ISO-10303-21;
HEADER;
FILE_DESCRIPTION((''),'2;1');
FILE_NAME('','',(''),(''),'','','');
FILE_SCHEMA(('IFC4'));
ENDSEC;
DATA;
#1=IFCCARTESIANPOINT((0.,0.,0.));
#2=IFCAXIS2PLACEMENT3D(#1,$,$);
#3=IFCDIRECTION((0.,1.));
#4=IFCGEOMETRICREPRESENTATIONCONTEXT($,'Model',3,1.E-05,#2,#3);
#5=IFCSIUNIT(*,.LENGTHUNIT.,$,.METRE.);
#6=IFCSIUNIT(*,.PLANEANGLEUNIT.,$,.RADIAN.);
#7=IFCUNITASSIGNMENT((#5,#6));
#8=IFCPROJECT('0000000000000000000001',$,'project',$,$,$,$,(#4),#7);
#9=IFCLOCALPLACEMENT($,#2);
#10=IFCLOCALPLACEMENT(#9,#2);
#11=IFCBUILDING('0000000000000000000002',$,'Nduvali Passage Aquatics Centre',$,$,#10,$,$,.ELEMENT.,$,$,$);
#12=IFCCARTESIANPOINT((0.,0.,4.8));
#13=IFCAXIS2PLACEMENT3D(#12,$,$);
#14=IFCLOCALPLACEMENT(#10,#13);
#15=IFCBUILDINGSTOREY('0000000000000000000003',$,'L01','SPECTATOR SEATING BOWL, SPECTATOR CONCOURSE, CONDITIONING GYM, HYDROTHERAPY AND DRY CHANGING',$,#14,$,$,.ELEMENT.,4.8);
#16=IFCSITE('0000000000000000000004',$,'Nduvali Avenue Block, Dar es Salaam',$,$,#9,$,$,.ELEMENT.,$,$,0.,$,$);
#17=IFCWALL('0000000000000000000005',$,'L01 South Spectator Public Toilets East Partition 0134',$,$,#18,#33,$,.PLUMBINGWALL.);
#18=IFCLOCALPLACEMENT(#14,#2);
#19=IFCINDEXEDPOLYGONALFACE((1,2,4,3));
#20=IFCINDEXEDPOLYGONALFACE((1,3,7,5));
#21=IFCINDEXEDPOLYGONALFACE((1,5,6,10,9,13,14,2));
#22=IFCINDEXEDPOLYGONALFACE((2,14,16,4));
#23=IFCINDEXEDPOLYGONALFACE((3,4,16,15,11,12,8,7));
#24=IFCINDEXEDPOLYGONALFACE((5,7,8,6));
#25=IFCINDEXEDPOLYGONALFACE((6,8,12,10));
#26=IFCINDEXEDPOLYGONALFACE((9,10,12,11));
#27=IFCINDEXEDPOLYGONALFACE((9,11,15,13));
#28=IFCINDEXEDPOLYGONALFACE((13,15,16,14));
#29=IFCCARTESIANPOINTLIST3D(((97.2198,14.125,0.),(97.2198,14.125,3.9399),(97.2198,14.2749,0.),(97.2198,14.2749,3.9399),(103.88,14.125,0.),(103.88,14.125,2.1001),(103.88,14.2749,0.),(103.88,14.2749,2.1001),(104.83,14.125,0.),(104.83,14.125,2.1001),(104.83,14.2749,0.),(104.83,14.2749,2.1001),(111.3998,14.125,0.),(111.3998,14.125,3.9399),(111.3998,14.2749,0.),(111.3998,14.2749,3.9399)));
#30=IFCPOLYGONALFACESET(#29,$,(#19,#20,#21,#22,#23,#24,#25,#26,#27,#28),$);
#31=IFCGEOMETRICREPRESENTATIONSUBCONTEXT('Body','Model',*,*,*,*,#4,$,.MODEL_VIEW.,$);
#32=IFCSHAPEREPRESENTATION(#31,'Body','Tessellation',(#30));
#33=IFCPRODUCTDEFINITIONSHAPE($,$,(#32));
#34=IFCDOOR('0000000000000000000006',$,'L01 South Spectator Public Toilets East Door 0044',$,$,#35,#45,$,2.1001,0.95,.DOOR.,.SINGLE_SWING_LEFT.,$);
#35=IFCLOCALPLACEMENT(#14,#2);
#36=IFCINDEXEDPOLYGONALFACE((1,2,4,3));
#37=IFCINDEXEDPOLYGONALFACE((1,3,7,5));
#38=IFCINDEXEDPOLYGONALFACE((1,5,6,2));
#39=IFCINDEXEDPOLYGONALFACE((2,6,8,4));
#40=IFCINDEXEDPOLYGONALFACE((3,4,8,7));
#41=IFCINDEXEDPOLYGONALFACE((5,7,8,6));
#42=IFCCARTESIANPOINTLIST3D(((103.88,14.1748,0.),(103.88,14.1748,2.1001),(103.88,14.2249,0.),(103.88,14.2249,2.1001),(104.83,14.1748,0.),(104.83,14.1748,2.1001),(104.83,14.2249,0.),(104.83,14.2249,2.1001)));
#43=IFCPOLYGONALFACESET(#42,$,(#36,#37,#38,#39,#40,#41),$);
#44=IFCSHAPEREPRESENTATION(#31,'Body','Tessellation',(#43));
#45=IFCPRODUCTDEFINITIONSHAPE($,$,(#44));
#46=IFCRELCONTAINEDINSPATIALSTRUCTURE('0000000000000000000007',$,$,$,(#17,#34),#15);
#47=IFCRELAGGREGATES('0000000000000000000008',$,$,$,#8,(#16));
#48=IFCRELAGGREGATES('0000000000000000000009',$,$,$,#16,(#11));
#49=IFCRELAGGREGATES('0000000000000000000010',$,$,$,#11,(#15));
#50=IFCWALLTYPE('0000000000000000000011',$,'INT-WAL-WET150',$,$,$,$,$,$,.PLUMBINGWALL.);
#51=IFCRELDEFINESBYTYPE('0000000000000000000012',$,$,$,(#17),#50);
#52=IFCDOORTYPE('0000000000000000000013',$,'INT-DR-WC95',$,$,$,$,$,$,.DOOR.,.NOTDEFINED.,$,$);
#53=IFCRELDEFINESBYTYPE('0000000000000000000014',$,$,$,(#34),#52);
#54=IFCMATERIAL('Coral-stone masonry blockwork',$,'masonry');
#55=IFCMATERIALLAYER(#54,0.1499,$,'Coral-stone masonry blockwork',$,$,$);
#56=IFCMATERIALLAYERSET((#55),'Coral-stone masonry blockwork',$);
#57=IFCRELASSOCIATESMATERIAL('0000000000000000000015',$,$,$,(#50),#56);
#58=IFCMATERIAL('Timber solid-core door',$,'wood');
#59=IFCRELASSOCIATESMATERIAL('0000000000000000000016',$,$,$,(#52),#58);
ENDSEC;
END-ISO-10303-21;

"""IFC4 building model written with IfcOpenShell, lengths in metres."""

from ifc_helpers import new_model, si_unit, direction, frame, frame_2d, origin, place, context, subcontext, project, spatial, rectangle, extrude, material, layer, layer_set, type_object, element, fill, save


model = new_model("IFC4")

# Units and contexts
model_context = context("Model", 3, precision=1e-05, world=origin(), true_north=direction((0.0, 1.0)))
body_context = subcontext(model_context, "Body", "Model", "MODEL_VIEW")
ifc_project = project(units=[si_unit("LENGTHUNIT", "METRE"), si_unit("PLANEANGLEUNIT", "RADIAN")], contexts=[model_context])

# Site, building, storey
site_placement = place(None, origin())
site = spatial("IfcSite", under=ifc_project, at=site_placement, Name="Nduvali Avenue Block, Dar es Salaam", CompositionType="ELEMENT", RefElevation=0.0)
building_placement = place(site_placement, origin())
building = spatial("IfcBuilding", under=site, at=building_placement, Name="Nduvali Passage Aquatics Centre", CompositionType="ELEMENT")
storey_placement = place(building_placement, frame((0.0, 0.0, 4.8)))
storey = spatial("IfcBuildingStorey", under=building, at=storey_placement, Name="L01", Description="SPECTATOR SEATING BOWL, SPECTATOR CONCOURSE, CONDITIONING GYM, HYDROTHERAPY AND DRY CHANGING", CompositionType="ELEMENT", Elevation=4.8)

# Wall, opening, door
ifc_material_1 = material(Name="Coral-stone masonry blockwork", Category="masonry")
ifc_layer_1 = layer(ifc_material_1, 0.1499, Name="Coral-stone masonry blockwork")
ifc_layer_set_1 = layer_set([ifc_layer_1], Name="Coral-stone masonry blockwork")
wall_type = type_object("IfcWallType", Name="INT-WAL-WET150", PredefinedType="PLUMBINGWALL", material=ifc_layer_set_1)
wall_placement = place(storey_placement, frame((97.22, 14.2, 0.0), z_axis=(0.0, 0.0, 1.0), x_axis=(1.0, 0.0, 0.0)))
wall = element("IfcWall", 1, at=wall_placement, inside=storey, type_object=wall_type, Name="L01 South Spectator Public Toilets East Partition 0134", PredefinedType="PLUMBINGWALL", context=body_context, shape_type="SweptSolid", body=[
    extrude(rectangle(XDim=14.1799, YDim=0.1499, at=frame_2d((7.0898, 0.0))), origin(), (0.0, 0.0, 1.0), 3.9399),
])
opening_placement = place(wall_placement, frame((6.6599, 0.0, 0.0)))
opening = element("IfcOpeningElement", 2, at=opening_placement, cuts=wall, PredefinedType="OPENING", context=body_context, shape_type="SweptSolid", body=[
    extrude(rectangle(XDim=0.95, YDim=2.1001, at=frame_2d((0.4751, 1.05))), frame((0.0, 0.0898, 0.0), z_axis=(0.0, -1.0, 0.0), x_axis=(1.0, 0.0, 0.0)), (0.0, 0.0, 1.0), 0.1797),
])
ifc_material_2 = material(Name="Timber solid-core door", Category="wood")
door_type = type_object("IfcDoorType", Name="INT-DR-WC95", OperationType="NOTDEFINED", PredefinedType="DOOR", material=ifc_material_2)
door_placement = place(opening_placement, origin())
door = element("IfcDoor", 3, at=door_placement, inside=storey, type_object=door_type, Name="L01 South Spectator Public Toilets East Door 0044", OperationType="SINGLE_SWING_LEFT", OverallHeight=2.1001, OverallWidth=0.95, PredefinedType="DOOR", context=body_context, shape_type="SweptSolid", body=[
    extrude(rectangle(XDim=0.95, YDim=2.1001, at=frame_2d((0.4751, 1.05))), frame((0.0, 0.0249, 0.0), z_axis=(0.0, -1.0, 0.0), x_axis=(1.0, 0.0, 0.0)), (0.0, 0.0, 1.0), 0.05),
])
fill(opening, door)

save(model, "model.ifc")
